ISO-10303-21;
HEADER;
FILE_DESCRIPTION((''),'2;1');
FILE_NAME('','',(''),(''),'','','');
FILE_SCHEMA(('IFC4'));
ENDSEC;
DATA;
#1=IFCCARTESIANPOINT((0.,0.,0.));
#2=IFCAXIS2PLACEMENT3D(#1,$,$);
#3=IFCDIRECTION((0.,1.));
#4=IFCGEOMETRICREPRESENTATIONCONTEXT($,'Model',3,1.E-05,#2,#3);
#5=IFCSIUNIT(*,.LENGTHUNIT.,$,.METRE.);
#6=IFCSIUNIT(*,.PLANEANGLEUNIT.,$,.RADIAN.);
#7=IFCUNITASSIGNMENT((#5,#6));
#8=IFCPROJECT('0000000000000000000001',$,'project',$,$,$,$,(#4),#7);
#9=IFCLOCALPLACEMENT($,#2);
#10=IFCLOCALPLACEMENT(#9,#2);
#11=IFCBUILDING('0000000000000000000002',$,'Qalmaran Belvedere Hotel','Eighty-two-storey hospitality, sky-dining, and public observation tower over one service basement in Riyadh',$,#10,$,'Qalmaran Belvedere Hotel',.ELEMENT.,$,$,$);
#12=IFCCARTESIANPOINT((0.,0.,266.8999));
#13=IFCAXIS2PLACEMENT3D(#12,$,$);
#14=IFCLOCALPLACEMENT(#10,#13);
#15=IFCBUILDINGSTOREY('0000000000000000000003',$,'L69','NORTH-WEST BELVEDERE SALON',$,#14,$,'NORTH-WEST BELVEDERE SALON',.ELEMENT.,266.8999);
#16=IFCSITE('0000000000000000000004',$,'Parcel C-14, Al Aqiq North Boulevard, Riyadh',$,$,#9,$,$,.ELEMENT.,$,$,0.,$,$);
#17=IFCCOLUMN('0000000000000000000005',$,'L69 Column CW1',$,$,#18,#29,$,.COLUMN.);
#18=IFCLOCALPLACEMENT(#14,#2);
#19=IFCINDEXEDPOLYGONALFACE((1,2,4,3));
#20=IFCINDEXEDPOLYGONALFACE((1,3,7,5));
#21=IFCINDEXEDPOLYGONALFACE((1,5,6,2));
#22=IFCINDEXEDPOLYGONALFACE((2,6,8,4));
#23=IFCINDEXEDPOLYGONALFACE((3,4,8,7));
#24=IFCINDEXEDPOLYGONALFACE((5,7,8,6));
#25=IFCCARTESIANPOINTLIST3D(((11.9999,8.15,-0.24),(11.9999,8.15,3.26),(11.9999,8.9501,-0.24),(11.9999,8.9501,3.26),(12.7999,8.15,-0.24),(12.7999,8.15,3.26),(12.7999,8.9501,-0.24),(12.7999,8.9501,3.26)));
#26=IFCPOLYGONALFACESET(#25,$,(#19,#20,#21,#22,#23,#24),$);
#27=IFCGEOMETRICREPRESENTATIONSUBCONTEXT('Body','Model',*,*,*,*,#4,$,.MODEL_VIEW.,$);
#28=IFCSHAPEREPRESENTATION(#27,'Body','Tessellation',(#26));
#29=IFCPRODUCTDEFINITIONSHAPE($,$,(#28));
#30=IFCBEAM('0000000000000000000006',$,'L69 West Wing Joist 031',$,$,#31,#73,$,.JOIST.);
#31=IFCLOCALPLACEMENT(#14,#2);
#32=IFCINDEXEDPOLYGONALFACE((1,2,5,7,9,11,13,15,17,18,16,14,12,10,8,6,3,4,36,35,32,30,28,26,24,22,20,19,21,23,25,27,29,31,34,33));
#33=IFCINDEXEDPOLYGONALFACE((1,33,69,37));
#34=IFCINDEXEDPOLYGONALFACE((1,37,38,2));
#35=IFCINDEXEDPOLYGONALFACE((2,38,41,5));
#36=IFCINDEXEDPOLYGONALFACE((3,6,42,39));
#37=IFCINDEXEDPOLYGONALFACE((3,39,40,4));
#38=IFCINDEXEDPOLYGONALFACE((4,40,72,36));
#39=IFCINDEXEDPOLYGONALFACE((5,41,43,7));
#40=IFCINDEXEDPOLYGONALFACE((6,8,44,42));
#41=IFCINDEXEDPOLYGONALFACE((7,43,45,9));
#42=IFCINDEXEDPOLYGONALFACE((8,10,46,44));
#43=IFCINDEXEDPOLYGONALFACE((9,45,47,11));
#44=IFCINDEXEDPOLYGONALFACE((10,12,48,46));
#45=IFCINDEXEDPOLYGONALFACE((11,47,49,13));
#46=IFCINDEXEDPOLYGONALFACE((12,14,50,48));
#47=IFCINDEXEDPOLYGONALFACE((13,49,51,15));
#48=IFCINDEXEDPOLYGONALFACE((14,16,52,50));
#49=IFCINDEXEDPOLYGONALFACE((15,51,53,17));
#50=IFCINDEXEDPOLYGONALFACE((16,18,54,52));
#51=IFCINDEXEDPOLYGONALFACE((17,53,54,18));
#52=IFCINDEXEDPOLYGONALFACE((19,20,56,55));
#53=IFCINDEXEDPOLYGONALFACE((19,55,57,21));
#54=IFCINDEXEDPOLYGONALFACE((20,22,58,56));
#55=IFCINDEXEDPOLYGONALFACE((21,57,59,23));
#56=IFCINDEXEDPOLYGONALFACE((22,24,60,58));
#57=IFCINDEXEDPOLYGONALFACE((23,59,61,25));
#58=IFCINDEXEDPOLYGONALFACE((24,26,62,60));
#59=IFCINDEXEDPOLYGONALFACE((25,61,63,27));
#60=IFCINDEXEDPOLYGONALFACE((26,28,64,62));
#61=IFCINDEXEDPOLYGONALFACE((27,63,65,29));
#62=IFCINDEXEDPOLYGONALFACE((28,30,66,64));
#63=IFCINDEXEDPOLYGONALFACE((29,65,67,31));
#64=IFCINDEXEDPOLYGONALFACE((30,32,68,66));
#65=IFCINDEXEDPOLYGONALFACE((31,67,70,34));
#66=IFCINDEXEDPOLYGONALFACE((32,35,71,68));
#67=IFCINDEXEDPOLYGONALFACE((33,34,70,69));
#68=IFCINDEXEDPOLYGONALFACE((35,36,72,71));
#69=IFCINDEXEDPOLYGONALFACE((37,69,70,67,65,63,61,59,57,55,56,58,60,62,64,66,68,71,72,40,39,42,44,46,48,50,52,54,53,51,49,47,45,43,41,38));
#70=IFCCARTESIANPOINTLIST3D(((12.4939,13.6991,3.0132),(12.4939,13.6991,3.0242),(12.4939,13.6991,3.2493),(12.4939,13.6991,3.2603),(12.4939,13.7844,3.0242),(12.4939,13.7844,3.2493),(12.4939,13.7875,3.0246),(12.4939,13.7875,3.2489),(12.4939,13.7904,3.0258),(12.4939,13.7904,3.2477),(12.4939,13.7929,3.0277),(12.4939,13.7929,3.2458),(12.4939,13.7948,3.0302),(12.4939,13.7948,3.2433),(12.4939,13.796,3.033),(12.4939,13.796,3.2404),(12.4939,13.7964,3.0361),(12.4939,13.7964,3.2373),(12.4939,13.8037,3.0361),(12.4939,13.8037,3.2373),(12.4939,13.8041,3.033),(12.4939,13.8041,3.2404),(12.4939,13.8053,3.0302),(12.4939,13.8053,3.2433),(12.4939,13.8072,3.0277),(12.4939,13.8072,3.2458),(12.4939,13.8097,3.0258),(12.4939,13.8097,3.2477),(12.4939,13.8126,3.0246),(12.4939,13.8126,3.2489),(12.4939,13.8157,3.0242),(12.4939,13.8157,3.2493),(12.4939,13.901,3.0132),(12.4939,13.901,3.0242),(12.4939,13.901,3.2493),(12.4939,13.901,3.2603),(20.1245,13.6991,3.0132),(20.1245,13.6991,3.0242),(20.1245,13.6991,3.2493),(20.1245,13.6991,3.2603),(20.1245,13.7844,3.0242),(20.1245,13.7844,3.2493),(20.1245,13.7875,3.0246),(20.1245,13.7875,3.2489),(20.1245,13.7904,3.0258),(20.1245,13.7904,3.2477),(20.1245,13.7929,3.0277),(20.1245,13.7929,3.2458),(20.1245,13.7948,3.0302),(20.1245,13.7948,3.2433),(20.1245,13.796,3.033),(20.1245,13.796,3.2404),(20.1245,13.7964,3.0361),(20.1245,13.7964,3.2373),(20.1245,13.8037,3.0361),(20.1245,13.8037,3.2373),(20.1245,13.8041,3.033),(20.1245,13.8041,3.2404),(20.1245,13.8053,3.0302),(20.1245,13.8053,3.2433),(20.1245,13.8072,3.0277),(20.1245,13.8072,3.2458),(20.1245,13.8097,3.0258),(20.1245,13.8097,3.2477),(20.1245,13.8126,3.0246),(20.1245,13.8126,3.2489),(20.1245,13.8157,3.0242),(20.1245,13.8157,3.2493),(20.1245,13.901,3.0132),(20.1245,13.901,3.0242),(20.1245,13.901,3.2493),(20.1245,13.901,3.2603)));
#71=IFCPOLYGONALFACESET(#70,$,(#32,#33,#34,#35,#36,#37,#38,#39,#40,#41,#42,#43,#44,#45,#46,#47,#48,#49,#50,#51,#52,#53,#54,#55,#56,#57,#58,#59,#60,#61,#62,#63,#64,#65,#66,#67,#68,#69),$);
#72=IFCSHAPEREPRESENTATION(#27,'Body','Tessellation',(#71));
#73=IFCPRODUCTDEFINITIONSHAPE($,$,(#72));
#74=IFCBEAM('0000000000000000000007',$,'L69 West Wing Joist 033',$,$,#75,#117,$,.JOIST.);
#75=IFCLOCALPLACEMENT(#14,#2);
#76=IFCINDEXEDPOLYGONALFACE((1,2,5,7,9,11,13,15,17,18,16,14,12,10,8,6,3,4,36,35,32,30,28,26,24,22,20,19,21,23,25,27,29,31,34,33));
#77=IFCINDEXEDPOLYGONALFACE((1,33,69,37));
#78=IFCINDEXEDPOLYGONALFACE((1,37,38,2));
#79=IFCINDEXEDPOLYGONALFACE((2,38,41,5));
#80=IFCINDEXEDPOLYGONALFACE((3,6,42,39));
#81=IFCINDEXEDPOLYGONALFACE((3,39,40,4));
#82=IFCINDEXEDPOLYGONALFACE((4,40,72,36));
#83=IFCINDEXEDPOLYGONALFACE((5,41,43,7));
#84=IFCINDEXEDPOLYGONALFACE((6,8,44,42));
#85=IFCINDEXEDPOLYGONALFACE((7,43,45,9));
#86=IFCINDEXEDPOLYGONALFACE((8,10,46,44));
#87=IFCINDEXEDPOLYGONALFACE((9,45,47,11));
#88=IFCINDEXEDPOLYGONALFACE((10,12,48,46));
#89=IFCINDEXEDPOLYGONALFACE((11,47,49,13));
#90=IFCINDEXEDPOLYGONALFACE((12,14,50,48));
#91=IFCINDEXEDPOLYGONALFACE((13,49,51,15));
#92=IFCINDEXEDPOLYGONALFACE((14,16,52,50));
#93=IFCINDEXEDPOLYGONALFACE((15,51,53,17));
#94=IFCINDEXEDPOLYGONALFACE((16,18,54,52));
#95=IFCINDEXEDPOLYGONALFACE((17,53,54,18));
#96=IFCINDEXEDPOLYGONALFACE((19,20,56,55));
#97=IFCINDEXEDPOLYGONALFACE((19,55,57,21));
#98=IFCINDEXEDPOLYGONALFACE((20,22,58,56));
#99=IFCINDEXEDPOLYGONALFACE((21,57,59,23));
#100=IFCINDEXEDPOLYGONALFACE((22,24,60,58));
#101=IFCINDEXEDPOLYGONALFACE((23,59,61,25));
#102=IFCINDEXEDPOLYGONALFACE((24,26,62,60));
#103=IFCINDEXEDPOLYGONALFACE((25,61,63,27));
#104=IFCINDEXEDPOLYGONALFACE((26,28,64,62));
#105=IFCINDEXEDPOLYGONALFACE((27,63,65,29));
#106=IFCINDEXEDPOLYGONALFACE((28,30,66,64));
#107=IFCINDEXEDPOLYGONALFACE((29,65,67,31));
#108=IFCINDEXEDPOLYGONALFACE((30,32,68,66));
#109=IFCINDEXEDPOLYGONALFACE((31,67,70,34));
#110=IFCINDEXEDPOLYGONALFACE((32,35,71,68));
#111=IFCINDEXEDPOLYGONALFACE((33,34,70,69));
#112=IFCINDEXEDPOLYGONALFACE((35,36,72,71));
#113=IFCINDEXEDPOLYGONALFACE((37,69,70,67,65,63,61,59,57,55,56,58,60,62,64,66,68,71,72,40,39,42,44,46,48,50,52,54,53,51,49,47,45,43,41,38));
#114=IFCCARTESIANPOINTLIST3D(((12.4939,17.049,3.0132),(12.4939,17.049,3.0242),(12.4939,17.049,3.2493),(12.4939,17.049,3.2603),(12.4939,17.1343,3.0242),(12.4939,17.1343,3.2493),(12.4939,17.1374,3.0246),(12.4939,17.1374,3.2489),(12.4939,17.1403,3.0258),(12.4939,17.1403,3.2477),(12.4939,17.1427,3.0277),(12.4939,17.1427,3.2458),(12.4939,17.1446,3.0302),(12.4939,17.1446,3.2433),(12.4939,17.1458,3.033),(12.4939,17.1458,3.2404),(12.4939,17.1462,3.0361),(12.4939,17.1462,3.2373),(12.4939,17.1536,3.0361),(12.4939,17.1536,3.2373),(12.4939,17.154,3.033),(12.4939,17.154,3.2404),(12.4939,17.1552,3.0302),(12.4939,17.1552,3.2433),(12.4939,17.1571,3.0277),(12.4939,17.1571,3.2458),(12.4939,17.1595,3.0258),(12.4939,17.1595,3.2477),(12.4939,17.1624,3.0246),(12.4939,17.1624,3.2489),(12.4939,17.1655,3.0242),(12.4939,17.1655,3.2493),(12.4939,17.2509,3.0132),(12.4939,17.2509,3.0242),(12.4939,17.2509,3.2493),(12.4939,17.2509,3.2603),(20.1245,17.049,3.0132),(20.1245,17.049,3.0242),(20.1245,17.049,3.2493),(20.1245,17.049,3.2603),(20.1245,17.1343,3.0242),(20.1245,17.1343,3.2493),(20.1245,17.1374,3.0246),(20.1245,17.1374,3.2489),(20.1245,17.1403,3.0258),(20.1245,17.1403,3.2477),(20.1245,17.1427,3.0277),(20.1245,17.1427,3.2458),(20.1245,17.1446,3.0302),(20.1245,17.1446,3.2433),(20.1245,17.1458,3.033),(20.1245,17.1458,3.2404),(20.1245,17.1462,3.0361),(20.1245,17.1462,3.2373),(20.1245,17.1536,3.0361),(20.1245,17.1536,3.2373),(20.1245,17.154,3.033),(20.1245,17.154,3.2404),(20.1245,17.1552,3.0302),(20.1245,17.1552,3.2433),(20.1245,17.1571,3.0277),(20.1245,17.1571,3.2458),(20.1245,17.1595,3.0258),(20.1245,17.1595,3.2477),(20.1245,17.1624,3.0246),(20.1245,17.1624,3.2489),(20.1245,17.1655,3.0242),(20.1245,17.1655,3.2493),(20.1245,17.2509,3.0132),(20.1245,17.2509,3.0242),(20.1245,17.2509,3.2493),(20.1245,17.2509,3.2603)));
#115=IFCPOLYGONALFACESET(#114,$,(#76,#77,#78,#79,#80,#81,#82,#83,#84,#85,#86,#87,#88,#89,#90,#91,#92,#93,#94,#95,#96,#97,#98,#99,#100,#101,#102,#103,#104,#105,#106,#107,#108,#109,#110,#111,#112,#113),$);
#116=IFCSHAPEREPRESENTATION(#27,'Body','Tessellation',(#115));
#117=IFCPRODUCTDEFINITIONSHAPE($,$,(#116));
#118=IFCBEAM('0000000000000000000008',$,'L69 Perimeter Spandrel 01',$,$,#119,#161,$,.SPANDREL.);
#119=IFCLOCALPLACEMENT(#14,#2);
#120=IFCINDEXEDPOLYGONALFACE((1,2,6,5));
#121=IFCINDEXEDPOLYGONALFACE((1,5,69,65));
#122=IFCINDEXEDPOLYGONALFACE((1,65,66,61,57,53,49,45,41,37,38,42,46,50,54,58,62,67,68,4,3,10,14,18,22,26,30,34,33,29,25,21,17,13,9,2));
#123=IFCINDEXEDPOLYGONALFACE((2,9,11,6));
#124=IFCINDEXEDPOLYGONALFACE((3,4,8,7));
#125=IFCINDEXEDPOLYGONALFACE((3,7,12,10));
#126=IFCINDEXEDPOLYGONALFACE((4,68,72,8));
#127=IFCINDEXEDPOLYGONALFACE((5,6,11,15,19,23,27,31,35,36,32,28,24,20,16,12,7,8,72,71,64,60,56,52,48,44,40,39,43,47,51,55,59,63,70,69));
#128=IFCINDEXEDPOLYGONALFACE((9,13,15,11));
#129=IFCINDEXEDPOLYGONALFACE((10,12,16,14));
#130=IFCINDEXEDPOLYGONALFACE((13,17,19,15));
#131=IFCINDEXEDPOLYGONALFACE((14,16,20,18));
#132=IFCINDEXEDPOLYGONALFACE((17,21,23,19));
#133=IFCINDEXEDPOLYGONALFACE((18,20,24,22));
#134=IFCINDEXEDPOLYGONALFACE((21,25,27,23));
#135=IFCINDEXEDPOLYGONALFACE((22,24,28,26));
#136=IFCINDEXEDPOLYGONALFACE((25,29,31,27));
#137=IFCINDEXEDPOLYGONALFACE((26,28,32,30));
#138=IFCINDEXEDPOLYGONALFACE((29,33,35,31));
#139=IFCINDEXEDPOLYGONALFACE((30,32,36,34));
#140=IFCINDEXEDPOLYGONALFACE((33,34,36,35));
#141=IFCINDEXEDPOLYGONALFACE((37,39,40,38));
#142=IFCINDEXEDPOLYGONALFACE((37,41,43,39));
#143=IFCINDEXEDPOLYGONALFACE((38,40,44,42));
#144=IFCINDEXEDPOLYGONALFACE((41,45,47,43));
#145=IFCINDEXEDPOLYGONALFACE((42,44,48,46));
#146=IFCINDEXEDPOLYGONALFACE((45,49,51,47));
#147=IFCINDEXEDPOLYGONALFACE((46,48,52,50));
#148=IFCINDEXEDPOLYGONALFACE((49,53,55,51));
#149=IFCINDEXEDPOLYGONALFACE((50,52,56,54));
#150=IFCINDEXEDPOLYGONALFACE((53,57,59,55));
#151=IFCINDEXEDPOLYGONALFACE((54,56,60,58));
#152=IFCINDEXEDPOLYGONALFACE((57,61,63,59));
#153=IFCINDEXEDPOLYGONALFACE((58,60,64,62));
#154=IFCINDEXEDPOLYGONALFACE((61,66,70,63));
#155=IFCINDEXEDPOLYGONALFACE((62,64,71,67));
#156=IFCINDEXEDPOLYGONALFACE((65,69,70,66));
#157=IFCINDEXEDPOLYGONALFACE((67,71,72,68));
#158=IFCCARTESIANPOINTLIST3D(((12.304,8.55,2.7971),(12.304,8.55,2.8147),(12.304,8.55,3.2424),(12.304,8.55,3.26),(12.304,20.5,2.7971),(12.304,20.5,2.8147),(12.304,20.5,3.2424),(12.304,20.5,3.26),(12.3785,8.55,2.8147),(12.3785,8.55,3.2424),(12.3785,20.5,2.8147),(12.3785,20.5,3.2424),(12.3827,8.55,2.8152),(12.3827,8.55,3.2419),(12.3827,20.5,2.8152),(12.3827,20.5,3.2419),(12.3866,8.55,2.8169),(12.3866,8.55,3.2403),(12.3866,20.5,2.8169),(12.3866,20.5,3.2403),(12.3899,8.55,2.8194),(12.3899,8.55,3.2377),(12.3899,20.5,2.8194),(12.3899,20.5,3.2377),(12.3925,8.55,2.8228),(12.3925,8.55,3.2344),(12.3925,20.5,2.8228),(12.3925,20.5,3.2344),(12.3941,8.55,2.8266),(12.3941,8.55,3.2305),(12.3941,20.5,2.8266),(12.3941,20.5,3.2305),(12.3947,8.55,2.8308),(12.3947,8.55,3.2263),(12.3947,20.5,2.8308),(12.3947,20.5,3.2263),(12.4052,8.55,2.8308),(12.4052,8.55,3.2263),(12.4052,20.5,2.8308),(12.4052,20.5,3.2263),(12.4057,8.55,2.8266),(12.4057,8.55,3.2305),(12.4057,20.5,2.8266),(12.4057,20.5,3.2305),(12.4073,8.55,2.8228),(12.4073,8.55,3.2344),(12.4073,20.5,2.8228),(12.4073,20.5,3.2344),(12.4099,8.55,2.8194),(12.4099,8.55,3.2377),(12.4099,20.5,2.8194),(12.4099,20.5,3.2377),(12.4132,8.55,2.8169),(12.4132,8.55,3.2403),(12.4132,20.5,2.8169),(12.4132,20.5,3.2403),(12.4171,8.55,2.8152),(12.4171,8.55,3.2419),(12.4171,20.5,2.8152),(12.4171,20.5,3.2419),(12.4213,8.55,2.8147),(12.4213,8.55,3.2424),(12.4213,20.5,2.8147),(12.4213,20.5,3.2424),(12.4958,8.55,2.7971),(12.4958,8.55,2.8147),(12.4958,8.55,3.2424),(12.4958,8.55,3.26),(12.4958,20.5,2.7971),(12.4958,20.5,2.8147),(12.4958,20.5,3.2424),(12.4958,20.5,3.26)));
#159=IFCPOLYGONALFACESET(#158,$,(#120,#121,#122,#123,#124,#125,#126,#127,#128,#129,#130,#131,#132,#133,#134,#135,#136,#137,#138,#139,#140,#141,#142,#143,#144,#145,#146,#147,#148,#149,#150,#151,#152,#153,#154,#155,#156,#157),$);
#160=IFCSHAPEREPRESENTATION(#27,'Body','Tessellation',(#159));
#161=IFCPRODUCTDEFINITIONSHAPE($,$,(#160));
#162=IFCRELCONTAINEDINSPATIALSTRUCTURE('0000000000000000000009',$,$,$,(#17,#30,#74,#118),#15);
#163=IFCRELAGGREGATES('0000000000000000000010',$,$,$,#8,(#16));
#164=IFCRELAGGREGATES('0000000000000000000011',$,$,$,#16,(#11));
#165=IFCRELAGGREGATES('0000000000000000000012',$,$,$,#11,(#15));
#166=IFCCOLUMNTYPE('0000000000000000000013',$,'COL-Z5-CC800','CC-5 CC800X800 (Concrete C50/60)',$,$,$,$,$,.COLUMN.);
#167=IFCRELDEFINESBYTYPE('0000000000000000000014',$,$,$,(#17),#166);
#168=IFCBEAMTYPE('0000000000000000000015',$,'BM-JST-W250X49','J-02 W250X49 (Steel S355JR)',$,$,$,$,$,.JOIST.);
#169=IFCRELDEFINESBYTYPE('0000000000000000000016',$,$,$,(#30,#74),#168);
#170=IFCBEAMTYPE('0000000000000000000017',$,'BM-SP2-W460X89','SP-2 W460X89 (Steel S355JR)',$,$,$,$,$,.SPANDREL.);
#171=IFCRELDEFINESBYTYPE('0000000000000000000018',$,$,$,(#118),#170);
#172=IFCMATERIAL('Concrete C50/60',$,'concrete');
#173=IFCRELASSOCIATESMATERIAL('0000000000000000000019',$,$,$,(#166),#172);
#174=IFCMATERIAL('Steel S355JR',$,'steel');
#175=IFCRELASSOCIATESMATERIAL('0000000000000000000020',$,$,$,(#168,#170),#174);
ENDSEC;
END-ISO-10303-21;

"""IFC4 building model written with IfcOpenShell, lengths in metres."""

from ifc_helpers import new_model, si_unit, direction, frame, origin, origin_2d, place, context, subcontext, project, spatial, rectangle, i_section, extrude, material, material_profile, profile_set, type_object, element, save


model = new_model("IFC4")

# Units and contexts
model_context = context("Model", 3, precision=1e-05, world=origin(), true_north=direction((0.0, 1.0)))
body_context = subcontext(model_context, "Body", "Model", "MODEL_VIEW")
ifc_project = project(units=[si_unit("LENGTHUNIT", "METRE"), si_unit("PLANEANGLEUNIT", "RADIAN")], contexts=[model_context])

# Site, building, storey
site_placement = place(None, origin())
site = spatial("IfcSite", under=ifc_project, at=site_placement, Name="Parcel C-14, Al Aqiq North Boulevard, Riyadh", CompositionType="ELEMENT", RefElevation=0.0)
building_placement = place(site_placement, origin())
building = spatial("IfcBuilding", under=site, at=building_placement, Name="Qalmaran Belvedere Hotel", Description="Eighty-two-storey hospitality, sky-dining, and public observation tower over one service basement in Riyadh", LongName="Qalmaran Belvedere Hotel", CompositionType="ELEMENT")
storey_placement = place(building_placement, frame((0.0, 0.0, 266.8999)))
storey = spatial("IfcBuildingStorey", under=building, at=storey_placement, Name="L69", Description="NORTH-WEST BELVEDERE SALON", LongName="NORTH-WEST BELVEDERE SALON", CompositionType="ELEMENT", Elevation=266.8999)

# Column
ifc_material_1 = material(Name="Concrete C50/60", Category="concrete")
ifc_material_profile_1 = material_profile(ifc_material_1, rectangle(XDim=0.8, YDim=0.8, at=origin_2d()), Name="CC800X800")
ifc_profile_set_1 = profile_set([ifc_material_profile_1], Name="Concrete C50/60")
column_type = type_object("IfcColumnType", Name="COL-Z5-CC800", Description="CC-5 CC800X800 (Concrete C50/60)", PredefinedType="COLUMN", material=ifc_profile_set_1)
column_placement = place(storey_placement, frame((12.3999, 8.55, -0.24), z_axis=(0.0, 0.0, 1.0), x_axis=(1.0, 0.0, 0.0)))
element("IfcColumn", 1, at=column_placement, inside=storey, type_object=column_type, Name="L69 Column CW1", PredefinedType="COLUMN", context=body_context, shape_type="SweptSolid", body=[
    extrude(rectangle(XDim=0.8, YDim=0.8, at=origin_2d()), origin(), (0.0, 0.0, 1.0), 3.5),
])

# Beams
ifc_material_2 = material(Name="Steel S355JR", Category="steel")
ifc_material_profile_2 = material_profile(ifc_material_2, i_section(OverallWidth=0.2019, OverallDepth=0.2471, WebThickness=0.0073, FlangeThickness=0.011, FilletRadius=0.012, at=origin_2d()), Name="W250X49")
ifc_profile_set_2 = profile_set([ifc_material_profile_2], Name="Steel S355JR")
beam_type_1 = type_object("IfcBeamType", Name="BM-JST-W250X49", Description="J-02 W250X49 (Steel S355JR)", PredefinedType="JOIST", material=ifc_profile_set_2)
for number, where, z_axis, x_axis, name in (
    (2, (12.4939, 13.8, 3.1367), (1.0, 0.0, 0.0), (0.0, 1.0, 0.0), "L69 West Wing Joist 031"),
    (3, (12.4939, 17.1499, 3.1367), (1.0, 0.0, 0.0), (0.0, 1.0, 0.0), "L69 West Wing Joist 033"),
):
    element("IfcBeam", number, at=place(storey_placement, frame(where, z_axis=z_axis, x_axis=x_axis)), inside=storey, type_object=beam_type_1, Name=name, PredefinedType="JOIST", context=body_context, shape_type="SweptSolid", body=[
        extrude(i_section(OverallWidth=0.2019, OverallDepth=0.2471, WebThickness=0.0073, FlangeThickness=0.011, FilletRadius=0.012, at=origin_2d()), origin(), (0.0, 0.0, 1.0), 7.6306),
    ])
ifc_material_profile_3 = material_profile(ifc_material_2, i_section(OverallWidth=0.1919, OverallDepth=0.4629, WebThickness=0.0105, FlangeThickness=0.0176, FilletRadius=0.0161, at=origin_2d()), Name="W460X89")
ifc_profile_set_3 = profile_set([ifc_material_profile_3], Name="Steel S355JR")
beam_type_2 = type_object("IfcBeamType", Name="BM-SP2-W460X89", Description="SP-2 W460X89 (Steel S355JR)", PredefinedType="SPANDREL", material=ifc_profile_set_3)
beam_1_placement = place(storey_placement, frame((12.3999, 8.55, 3.0286), z_axis=(0.0, 1.0, 0.0), x_axis=(-1.0, 0.0, 0.0)))
element("IfcBeam", 4, at=beam_1_placement, inside=storey, type_object=beam_type_2, Name="L69 Perimeter Spandrel 01", PredefinedType="SPANDREL", context=body_context, shape_type="SweptSolid", body=[
    extrude(i_section(OverallWidth=0.1919, OverallDepth=0.4629, WebThickness=0.0105, FlangeThickness=0.0176, FilletRadius=0.0161, at=origin_2d()), origin(), (0.0, 0.0, 1.0), 11.95),
])

save(model, "model.ifc")
